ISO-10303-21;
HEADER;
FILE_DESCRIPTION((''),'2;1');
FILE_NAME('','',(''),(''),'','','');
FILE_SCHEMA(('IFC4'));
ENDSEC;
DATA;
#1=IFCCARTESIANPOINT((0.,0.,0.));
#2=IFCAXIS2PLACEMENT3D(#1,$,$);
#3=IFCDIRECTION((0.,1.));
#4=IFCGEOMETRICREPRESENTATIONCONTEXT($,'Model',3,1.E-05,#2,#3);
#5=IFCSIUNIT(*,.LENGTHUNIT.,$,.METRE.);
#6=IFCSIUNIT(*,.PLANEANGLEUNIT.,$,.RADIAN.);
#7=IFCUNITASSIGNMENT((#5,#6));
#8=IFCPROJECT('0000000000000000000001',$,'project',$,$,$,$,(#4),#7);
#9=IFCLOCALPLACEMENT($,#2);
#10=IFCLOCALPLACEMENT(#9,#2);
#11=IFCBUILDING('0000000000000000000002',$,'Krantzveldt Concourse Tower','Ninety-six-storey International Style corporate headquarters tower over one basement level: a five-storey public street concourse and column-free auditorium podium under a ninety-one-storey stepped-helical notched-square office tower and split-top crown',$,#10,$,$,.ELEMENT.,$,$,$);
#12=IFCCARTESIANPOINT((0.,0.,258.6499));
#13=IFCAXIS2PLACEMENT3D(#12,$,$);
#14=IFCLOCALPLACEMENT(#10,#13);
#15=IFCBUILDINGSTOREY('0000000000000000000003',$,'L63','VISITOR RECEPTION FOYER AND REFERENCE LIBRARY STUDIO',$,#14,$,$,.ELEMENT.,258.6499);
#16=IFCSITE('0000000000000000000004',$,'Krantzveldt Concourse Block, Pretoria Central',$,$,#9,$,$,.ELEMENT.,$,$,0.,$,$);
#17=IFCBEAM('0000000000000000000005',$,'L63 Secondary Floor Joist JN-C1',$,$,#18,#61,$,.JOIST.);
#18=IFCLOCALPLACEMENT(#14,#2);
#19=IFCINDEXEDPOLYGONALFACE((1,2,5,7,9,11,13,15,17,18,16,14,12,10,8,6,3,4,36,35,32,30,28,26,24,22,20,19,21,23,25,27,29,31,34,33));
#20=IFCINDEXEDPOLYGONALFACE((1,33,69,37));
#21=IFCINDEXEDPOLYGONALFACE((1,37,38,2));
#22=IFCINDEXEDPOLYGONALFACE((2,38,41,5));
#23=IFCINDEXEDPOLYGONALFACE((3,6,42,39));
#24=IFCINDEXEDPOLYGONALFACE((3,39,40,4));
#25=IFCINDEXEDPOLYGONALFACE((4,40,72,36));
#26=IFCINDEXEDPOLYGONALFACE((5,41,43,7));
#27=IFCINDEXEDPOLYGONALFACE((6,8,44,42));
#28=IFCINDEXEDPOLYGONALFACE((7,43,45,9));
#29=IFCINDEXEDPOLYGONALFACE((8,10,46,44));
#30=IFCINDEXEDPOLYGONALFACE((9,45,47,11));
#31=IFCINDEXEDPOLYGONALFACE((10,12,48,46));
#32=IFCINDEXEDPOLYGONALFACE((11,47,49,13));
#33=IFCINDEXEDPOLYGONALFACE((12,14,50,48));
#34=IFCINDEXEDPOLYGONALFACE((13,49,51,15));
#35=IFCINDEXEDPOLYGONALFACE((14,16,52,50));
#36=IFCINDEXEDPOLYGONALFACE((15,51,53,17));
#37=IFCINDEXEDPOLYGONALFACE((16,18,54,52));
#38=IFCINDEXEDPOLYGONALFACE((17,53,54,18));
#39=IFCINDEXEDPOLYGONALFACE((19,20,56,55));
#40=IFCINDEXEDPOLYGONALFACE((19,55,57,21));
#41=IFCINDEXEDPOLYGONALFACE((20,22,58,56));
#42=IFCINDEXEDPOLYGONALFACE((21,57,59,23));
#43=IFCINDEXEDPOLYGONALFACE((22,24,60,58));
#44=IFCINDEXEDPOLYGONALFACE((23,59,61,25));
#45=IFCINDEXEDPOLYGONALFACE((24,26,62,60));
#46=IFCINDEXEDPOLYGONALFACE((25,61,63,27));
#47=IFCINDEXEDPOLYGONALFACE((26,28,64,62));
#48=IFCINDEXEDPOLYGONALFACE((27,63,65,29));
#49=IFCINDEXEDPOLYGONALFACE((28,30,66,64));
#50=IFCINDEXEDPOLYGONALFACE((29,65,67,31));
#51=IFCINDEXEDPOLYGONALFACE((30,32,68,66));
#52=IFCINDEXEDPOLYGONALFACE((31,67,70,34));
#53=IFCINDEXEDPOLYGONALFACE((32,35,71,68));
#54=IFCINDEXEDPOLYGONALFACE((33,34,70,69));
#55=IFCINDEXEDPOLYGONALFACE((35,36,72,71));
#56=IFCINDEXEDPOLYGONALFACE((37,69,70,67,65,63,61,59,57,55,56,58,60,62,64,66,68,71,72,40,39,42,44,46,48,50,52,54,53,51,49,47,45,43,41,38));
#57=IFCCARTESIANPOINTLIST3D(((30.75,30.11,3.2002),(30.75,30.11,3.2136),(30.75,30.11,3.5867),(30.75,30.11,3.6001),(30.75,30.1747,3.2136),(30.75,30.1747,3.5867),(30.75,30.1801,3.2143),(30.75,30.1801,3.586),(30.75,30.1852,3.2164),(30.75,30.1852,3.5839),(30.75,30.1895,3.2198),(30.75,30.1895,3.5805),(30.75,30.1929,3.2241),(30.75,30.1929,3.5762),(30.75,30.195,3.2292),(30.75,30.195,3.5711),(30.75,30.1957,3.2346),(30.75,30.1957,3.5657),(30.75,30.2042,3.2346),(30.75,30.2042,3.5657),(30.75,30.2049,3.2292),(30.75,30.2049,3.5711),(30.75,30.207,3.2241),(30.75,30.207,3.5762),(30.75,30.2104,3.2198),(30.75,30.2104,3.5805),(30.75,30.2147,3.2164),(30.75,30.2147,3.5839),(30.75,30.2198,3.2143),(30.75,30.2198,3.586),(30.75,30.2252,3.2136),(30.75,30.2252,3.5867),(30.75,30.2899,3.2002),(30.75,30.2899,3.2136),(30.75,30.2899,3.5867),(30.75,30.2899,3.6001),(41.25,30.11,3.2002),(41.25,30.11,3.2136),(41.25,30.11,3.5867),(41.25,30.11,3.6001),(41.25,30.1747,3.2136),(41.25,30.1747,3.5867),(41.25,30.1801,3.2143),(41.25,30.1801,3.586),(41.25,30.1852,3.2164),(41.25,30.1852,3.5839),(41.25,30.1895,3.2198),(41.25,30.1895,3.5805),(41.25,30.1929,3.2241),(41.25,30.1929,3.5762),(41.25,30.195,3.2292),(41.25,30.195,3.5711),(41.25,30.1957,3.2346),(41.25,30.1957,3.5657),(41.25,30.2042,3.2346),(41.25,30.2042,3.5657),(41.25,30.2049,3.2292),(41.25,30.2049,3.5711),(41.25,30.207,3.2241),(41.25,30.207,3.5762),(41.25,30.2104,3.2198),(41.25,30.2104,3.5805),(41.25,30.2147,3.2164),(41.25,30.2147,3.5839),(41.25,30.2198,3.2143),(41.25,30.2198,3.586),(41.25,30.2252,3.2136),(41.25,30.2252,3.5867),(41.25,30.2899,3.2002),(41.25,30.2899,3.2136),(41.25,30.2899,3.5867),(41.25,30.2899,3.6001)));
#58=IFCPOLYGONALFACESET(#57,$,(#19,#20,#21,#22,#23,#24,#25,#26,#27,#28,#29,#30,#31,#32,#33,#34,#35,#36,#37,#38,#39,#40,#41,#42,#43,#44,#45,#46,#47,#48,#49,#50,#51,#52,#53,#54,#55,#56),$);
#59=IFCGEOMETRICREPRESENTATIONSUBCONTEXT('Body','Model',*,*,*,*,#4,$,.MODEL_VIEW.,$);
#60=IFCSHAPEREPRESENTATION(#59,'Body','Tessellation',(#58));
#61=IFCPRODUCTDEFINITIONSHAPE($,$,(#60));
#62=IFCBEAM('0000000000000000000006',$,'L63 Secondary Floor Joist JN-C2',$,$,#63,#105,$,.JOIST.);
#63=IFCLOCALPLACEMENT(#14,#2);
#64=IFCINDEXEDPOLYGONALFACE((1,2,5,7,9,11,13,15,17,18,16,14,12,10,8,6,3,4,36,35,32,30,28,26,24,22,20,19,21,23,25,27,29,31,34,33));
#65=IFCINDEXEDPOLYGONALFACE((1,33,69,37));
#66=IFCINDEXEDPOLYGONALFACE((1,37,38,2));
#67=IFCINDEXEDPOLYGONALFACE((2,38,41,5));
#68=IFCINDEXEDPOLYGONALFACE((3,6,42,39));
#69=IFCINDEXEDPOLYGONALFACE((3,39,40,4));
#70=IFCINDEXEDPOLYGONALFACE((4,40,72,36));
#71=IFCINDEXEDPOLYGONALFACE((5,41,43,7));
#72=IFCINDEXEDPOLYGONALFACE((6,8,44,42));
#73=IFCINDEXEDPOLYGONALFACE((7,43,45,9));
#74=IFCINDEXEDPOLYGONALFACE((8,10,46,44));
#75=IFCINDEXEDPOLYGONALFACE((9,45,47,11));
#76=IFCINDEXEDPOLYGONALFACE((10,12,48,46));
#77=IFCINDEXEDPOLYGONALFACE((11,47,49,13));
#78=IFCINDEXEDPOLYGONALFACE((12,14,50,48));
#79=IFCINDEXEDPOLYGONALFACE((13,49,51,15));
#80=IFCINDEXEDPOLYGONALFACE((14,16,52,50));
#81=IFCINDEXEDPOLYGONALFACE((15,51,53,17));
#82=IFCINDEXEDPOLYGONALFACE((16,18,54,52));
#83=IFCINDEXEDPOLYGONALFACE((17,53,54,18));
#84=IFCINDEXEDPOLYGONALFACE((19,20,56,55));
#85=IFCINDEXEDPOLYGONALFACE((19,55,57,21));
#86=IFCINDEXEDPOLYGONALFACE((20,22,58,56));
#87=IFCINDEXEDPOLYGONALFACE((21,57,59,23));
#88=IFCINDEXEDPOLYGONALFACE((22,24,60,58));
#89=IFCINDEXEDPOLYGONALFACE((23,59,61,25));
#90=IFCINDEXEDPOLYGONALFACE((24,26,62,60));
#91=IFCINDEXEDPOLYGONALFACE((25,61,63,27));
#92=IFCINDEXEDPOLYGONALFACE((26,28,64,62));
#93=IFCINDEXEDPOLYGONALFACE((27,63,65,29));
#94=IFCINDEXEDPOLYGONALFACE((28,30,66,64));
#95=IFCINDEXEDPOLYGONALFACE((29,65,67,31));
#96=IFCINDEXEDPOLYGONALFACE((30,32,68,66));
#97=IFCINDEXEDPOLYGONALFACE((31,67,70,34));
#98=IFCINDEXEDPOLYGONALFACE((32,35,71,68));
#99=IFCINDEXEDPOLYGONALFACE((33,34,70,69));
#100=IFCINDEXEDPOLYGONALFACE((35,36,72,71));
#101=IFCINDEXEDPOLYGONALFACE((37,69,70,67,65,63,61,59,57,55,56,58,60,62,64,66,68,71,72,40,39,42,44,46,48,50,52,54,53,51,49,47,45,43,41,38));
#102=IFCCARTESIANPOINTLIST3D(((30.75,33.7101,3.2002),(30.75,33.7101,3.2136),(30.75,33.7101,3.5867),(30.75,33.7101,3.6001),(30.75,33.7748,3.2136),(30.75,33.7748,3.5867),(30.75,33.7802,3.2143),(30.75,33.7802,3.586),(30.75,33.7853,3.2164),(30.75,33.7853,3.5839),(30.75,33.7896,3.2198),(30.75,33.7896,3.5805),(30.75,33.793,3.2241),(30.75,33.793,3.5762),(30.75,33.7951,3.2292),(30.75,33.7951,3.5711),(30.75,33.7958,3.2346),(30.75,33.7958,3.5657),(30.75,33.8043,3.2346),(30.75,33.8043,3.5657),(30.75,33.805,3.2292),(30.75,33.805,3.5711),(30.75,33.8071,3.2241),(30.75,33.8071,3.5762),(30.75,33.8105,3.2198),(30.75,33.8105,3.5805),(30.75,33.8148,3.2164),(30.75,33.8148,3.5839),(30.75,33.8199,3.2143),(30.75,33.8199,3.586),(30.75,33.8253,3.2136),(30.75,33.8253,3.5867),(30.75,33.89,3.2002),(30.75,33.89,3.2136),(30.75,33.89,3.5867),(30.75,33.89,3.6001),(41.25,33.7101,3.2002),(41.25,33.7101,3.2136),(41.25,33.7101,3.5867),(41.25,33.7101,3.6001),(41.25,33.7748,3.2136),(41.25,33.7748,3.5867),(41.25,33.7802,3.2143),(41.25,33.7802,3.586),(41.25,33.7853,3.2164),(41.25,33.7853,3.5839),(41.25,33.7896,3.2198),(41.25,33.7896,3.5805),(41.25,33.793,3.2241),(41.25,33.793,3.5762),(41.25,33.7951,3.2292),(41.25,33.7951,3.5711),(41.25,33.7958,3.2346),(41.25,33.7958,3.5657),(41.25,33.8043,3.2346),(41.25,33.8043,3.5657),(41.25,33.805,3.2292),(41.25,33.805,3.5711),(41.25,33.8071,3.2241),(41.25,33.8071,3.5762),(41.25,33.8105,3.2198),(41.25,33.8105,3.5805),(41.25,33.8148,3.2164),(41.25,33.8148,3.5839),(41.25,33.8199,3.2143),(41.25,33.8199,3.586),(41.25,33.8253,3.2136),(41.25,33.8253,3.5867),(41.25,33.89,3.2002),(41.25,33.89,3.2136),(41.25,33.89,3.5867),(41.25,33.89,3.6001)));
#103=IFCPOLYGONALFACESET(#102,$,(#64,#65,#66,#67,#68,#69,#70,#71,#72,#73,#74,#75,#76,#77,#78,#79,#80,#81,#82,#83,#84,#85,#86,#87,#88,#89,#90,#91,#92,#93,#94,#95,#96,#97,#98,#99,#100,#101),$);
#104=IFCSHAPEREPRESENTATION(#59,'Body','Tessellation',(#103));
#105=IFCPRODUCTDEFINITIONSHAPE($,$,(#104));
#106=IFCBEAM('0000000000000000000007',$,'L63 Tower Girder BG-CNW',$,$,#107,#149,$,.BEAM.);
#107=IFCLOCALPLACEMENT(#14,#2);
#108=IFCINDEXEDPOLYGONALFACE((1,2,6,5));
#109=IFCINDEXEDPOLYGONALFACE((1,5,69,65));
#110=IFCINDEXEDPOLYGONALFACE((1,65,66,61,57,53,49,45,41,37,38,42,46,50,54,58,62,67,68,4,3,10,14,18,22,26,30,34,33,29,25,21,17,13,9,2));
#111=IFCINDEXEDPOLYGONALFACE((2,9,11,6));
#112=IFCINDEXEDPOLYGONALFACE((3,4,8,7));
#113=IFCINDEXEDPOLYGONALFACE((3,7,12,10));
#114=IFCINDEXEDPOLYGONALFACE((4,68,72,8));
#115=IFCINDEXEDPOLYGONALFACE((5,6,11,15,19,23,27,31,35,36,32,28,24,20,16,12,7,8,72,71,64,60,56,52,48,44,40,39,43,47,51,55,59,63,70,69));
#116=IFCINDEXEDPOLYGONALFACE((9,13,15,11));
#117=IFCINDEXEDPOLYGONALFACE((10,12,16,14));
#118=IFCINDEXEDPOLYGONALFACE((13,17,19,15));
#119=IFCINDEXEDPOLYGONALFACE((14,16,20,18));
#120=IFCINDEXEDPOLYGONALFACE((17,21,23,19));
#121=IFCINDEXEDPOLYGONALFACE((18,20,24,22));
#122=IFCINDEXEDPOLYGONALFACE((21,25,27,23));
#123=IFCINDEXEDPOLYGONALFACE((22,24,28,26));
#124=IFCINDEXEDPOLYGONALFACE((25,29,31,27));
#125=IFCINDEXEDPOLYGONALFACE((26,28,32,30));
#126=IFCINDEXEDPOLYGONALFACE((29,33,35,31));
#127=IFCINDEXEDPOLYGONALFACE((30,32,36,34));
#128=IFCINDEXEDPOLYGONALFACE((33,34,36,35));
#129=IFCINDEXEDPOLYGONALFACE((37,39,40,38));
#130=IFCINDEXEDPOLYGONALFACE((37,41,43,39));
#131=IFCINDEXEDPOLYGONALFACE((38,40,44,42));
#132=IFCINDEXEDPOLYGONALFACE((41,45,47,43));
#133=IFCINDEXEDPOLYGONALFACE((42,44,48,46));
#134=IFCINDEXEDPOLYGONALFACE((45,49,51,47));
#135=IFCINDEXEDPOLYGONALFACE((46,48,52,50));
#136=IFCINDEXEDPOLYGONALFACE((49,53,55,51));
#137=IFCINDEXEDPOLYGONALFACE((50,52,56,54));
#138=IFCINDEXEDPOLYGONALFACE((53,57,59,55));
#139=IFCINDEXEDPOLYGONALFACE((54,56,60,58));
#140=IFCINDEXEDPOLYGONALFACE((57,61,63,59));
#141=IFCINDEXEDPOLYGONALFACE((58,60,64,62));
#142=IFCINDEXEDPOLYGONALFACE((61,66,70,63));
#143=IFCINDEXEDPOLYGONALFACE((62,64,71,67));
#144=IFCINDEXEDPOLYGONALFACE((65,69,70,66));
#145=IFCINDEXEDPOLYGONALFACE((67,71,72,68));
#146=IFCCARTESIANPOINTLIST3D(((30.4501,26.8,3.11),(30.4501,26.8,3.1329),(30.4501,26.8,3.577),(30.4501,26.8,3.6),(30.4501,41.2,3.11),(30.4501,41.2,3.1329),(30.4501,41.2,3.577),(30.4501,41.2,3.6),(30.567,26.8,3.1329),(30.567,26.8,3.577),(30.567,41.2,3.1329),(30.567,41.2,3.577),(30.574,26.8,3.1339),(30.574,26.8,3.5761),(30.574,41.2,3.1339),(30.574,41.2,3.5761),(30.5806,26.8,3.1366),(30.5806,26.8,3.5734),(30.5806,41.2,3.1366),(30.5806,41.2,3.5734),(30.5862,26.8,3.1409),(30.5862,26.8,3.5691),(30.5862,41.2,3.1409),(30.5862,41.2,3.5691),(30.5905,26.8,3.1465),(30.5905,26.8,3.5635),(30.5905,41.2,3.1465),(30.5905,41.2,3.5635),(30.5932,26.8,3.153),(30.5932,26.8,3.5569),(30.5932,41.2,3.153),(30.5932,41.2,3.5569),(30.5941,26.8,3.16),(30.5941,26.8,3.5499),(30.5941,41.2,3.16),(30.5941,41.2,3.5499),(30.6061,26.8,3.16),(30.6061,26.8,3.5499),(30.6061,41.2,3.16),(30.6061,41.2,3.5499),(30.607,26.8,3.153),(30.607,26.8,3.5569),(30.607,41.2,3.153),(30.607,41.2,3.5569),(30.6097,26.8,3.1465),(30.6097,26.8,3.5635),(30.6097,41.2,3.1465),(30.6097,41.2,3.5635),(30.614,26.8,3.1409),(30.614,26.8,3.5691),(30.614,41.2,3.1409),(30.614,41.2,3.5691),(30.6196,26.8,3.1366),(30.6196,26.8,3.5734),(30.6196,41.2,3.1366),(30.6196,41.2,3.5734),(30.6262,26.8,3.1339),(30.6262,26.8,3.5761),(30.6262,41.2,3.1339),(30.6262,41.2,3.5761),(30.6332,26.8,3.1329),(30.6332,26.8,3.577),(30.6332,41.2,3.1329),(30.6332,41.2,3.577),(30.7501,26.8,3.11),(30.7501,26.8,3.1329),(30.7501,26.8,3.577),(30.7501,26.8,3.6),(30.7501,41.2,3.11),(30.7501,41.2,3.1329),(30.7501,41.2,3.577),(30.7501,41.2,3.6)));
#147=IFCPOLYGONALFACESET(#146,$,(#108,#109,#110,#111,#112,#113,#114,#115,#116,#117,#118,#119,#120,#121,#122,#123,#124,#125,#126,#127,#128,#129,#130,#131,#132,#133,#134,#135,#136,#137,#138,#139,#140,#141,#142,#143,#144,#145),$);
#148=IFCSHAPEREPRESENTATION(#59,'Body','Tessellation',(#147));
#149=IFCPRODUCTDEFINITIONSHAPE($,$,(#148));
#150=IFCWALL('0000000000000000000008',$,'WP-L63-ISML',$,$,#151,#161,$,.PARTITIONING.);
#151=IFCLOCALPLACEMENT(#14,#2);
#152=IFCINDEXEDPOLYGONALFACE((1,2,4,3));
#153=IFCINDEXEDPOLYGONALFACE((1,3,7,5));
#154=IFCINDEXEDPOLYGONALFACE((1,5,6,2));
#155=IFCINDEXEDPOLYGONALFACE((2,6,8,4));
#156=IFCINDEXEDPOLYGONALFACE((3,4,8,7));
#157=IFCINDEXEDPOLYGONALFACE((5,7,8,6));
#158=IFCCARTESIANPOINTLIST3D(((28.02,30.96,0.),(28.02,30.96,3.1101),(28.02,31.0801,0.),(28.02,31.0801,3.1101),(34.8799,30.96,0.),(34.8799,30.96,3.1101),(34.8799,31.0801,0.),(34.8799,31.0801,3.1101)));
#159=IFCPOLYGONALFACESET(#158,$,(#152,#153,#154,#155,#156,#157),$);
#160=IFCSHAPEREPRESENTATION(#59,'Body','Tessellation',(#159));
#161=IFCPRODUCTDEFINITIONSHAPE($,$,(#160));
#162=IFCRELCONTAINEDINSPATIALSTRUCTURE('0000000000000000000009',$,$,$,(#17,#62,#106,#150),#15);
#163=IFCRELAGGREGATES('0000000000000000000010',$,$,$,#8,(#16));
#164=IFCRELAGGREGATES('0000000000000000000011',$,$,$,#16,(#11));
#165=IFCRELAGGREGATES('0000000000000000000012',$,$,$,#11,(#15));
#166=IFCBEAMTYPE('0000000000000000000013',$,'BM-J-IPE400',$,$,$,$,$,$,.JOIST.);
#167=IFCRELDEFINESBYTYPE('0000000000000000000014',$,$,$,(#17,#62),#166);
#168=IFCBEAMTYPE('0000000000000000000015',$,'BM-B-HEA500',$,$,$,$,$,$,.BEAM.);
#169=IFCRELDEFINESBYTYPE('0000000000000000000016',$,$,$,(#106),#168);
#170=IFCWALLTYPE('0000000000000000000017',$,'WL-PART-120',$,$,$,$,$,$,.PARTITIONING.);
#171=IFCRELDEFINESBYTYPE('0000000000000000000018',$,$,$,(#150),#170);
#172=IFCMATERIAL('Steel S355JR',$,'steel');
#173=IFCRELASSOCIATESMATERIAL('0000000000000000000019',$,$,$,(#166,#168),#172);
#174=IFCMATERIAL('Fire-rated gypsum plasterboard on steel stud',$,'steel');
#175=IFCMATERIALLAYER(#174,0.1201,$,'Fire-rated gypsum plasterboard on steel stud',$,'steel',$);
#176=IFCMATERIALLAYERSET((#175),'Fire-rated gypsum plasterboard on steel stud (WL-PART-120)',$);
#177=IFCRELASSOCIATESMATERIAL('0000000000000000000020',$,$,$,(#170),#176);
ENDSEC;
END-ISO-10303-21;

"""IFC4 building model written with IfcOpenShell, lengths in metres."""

from ifc_helpers import new_model, si_unit, direction, frame, frame_2d, origin, origin_2d, place, context, subcontext, project, spatial, rectangle, i_section, extrude, source, transform, mapped, material, layer, layer_set, material_profile, profile_set, type_object, type_shapes, element, save


model = new_model("IFC4")

# Units and contexts
model_context = context("Model", 3, precision=1e-05, world=origin(), true_north=direction((0.0, 1.0)))
body_context = subcontext(model_context, "Body", "Model", "MODEL_VIEW")
ifc_project = project(units=[si_unit("LENGTHUNIT", "METRE"), si_unit("PLANEANGLEUNIT", "RADIAN")], contexts=[model_context])

# Site, building, storey
site_placement = place(None, origin())
site = spatial("IfcSite", under=ifc_project, at=site_placement, Name="Krantzveldt Concourse Block, Pretoria Central", CompositionType="ELEMENT", RefElevation=0.0)
building_placement = place(site_placement, origin())
building = spatial("IfcBuilding", under=site, at=building_placement, Name="Krantzveldt Concourse Tower", Description="Ninety-six-storey International Style corporate headquarters tower over one basement level: a five-storey public street concourse and column-free auditorium podium under a ninety-one-storey stepped-helical notched-square office tower and split-top crown", CompositionType="ELEMENT")
storey_placement = place(building_placement, frame((0.0, 0.0, 258.6499)))
storey = spatial("IfcBuildingStorey", under=building, at=storey_placement, Name="L63", Description="VISITOR RECEPTION FOYER AND REFERENCE LIBRARY STUDIO", CompositionType="ELEMENT", Elevation=258.6499)

# Beams
ifc_material_1 = material(Name="Steel S355JR", Category="steel")
ifc_material_profile_1 = material_profile(ifc_material_1, i_section(OverallWidth=0.1799, OverallDepth=0.3999, WebThickness=0.0085, FlangeThickness=0.0134, FilletRadius=0.021, at=origin_2d()), Name="Steel S355JR", Category="steel")
ifc_profile_set_1 = profile_set([ifc_material_profile_1], Name="Steel S355JR - IPE 400")
beam_type_1 = type_object("IfcBeamType", Name="BM-J-IPE400", PredefinedType="JOIST", material=ifc_profile_set_1)
shared_shape_1 = source(origin(), body_context, "Body", "SweptSolid", [
    extrude(i_section(OverallWidth=0.1799, OverallDepth=0.3999, WebThickness=0.0085, FlangeThickness=0.0134, FilletRadius=0.021, at=origin_2d()), origin(), (0.0, 0.0, 1.0), 10.5),
])
type_shapes(beam_type_1, [shared_shape_1])
for number, where, z_axis, x_axis, name in (
    (1, (30.75, 30.2, 3.4001), (1.0, 0.0, 0.0), (0.0, 1.0, 0.0), "L63 Secondary Floor Joist JN-C1"),
    (2, (30.75, 33.8, 3.4001), (1.0, 0.0, 0.0), (0.0, 1.0, 0.0), "L63 Secondary Floor Joist JN-C2"),
):
    element("IfcBeam", number, at=place(storey_placement, frame(where, z_axis=z_axis, x_axis=x_axis)), inside=storey, type_object=beam_type_1, Name=name, PredefinedType="JOIST", context=body_context, shape_type="MappedRepresentation", body=[
        mapped(shared_shape_1, transform((0.0, 0.0, 0.0), x_axis=(1.0, 0.0, 0.0), y_axis=(0.0, 1.0, 0.0), z_axis=(0.0, 0.0, 1.0), scale=1.0)),
    ])
ifc_material_profile_2 = material_profile(ifc_material_1, i_section(OverallWidth=0.3, OverallDepth=0.49, WebThickness=0.012, FlangeThickness=0.0229, FilletRadius=0.0271, at=origin_2d()), Name="Steel S355JR", Category="steel")
ifc_profile_set_2 = profile_set([ifc_material_profile_2], Name="Steel S355JR - HEA 500")
beam_type_2 = type_object("IfcBeamType", Name="BM-B-HEA500", PredefinedType="BEAM", material=ifc_profile_set_2)
shared_shape_2 = source(origin(), body_context, "Body", "SweptSolid", [
    extrude(i_section(OverallWidth=0.3, OverallDepth=0.49, WebThickness=0.012, FlangeThickness=0.0229, FilletRadius=0.0271, at=origin_2d()), origin(), (0.0, 0.0, 1.0), 14.3999),
])
type_shapes(beam_type_2, [shared_shape_2])
beam_placement = place(storey_placement, frame((30.6001, 26.8, 3.355), z_axis=(0.0, 1.0, 0.0), x_axis=(-1.0, 0.0, 0.0)))
element("IfcBeam", 3, at=beam_placement, inside=storey, type_object=beam_type_2, Name="L63 Tower Girder BG-CNW", PredefinedType="BEAM", context=body_context, shape_type="MappedRepresentation", body=[
    mapped(shared_shape_2, transform((0.0, 0.0, 0.0), x_axis=(1.0, 0.0, 0.0), y_axis=(0.0, 1.0, 0.0), z_axis=(0.0, 0.0, 1.0), scale=1.0)),
])

# Wall
ifc_material_2 = material(Name="Fire-rated gypsum plasterboard on steel stud", Category="steel")
ifc_layer_1 = layer(ifc_material_2, 0.1201, Name="Fire-rated gypsum plasterboard on steel stud", Category="steel")
ifc_layer_set_1 = layer_set([ifc_layer_1], Name="Fire-rated gypsum plasterboard on steel stud (WL-PART-120)")
wall_type_1 = type_object("IfcWallType", Name="WL-PART-120", PredefinedType="PARTITIONING", material=ifc_layer_set_1)
wall_1_placement = place(storey_placement, frame((28.02, 31.02, 0.0), z_axis=(0.0, 0.0, 1.0), x_axis=(1.0, 0.0, 0.0)))
element("IfcWall", 4, at=wall_1_placement, inside=storey, type_object=wall_type_1, Name="WP-L63-ISML", PredefinedType="PARTITIONING", context=body_context, shape_type="SweptSolid", body=[
    extrude(rectangle(XDim=6.8599, YDim=0.1201, at=frame_2d((3.4299, 0.0))), origin(), (0.0, 0.0, 1.0), 3.1101),
])

save(model, "model.ifc")
